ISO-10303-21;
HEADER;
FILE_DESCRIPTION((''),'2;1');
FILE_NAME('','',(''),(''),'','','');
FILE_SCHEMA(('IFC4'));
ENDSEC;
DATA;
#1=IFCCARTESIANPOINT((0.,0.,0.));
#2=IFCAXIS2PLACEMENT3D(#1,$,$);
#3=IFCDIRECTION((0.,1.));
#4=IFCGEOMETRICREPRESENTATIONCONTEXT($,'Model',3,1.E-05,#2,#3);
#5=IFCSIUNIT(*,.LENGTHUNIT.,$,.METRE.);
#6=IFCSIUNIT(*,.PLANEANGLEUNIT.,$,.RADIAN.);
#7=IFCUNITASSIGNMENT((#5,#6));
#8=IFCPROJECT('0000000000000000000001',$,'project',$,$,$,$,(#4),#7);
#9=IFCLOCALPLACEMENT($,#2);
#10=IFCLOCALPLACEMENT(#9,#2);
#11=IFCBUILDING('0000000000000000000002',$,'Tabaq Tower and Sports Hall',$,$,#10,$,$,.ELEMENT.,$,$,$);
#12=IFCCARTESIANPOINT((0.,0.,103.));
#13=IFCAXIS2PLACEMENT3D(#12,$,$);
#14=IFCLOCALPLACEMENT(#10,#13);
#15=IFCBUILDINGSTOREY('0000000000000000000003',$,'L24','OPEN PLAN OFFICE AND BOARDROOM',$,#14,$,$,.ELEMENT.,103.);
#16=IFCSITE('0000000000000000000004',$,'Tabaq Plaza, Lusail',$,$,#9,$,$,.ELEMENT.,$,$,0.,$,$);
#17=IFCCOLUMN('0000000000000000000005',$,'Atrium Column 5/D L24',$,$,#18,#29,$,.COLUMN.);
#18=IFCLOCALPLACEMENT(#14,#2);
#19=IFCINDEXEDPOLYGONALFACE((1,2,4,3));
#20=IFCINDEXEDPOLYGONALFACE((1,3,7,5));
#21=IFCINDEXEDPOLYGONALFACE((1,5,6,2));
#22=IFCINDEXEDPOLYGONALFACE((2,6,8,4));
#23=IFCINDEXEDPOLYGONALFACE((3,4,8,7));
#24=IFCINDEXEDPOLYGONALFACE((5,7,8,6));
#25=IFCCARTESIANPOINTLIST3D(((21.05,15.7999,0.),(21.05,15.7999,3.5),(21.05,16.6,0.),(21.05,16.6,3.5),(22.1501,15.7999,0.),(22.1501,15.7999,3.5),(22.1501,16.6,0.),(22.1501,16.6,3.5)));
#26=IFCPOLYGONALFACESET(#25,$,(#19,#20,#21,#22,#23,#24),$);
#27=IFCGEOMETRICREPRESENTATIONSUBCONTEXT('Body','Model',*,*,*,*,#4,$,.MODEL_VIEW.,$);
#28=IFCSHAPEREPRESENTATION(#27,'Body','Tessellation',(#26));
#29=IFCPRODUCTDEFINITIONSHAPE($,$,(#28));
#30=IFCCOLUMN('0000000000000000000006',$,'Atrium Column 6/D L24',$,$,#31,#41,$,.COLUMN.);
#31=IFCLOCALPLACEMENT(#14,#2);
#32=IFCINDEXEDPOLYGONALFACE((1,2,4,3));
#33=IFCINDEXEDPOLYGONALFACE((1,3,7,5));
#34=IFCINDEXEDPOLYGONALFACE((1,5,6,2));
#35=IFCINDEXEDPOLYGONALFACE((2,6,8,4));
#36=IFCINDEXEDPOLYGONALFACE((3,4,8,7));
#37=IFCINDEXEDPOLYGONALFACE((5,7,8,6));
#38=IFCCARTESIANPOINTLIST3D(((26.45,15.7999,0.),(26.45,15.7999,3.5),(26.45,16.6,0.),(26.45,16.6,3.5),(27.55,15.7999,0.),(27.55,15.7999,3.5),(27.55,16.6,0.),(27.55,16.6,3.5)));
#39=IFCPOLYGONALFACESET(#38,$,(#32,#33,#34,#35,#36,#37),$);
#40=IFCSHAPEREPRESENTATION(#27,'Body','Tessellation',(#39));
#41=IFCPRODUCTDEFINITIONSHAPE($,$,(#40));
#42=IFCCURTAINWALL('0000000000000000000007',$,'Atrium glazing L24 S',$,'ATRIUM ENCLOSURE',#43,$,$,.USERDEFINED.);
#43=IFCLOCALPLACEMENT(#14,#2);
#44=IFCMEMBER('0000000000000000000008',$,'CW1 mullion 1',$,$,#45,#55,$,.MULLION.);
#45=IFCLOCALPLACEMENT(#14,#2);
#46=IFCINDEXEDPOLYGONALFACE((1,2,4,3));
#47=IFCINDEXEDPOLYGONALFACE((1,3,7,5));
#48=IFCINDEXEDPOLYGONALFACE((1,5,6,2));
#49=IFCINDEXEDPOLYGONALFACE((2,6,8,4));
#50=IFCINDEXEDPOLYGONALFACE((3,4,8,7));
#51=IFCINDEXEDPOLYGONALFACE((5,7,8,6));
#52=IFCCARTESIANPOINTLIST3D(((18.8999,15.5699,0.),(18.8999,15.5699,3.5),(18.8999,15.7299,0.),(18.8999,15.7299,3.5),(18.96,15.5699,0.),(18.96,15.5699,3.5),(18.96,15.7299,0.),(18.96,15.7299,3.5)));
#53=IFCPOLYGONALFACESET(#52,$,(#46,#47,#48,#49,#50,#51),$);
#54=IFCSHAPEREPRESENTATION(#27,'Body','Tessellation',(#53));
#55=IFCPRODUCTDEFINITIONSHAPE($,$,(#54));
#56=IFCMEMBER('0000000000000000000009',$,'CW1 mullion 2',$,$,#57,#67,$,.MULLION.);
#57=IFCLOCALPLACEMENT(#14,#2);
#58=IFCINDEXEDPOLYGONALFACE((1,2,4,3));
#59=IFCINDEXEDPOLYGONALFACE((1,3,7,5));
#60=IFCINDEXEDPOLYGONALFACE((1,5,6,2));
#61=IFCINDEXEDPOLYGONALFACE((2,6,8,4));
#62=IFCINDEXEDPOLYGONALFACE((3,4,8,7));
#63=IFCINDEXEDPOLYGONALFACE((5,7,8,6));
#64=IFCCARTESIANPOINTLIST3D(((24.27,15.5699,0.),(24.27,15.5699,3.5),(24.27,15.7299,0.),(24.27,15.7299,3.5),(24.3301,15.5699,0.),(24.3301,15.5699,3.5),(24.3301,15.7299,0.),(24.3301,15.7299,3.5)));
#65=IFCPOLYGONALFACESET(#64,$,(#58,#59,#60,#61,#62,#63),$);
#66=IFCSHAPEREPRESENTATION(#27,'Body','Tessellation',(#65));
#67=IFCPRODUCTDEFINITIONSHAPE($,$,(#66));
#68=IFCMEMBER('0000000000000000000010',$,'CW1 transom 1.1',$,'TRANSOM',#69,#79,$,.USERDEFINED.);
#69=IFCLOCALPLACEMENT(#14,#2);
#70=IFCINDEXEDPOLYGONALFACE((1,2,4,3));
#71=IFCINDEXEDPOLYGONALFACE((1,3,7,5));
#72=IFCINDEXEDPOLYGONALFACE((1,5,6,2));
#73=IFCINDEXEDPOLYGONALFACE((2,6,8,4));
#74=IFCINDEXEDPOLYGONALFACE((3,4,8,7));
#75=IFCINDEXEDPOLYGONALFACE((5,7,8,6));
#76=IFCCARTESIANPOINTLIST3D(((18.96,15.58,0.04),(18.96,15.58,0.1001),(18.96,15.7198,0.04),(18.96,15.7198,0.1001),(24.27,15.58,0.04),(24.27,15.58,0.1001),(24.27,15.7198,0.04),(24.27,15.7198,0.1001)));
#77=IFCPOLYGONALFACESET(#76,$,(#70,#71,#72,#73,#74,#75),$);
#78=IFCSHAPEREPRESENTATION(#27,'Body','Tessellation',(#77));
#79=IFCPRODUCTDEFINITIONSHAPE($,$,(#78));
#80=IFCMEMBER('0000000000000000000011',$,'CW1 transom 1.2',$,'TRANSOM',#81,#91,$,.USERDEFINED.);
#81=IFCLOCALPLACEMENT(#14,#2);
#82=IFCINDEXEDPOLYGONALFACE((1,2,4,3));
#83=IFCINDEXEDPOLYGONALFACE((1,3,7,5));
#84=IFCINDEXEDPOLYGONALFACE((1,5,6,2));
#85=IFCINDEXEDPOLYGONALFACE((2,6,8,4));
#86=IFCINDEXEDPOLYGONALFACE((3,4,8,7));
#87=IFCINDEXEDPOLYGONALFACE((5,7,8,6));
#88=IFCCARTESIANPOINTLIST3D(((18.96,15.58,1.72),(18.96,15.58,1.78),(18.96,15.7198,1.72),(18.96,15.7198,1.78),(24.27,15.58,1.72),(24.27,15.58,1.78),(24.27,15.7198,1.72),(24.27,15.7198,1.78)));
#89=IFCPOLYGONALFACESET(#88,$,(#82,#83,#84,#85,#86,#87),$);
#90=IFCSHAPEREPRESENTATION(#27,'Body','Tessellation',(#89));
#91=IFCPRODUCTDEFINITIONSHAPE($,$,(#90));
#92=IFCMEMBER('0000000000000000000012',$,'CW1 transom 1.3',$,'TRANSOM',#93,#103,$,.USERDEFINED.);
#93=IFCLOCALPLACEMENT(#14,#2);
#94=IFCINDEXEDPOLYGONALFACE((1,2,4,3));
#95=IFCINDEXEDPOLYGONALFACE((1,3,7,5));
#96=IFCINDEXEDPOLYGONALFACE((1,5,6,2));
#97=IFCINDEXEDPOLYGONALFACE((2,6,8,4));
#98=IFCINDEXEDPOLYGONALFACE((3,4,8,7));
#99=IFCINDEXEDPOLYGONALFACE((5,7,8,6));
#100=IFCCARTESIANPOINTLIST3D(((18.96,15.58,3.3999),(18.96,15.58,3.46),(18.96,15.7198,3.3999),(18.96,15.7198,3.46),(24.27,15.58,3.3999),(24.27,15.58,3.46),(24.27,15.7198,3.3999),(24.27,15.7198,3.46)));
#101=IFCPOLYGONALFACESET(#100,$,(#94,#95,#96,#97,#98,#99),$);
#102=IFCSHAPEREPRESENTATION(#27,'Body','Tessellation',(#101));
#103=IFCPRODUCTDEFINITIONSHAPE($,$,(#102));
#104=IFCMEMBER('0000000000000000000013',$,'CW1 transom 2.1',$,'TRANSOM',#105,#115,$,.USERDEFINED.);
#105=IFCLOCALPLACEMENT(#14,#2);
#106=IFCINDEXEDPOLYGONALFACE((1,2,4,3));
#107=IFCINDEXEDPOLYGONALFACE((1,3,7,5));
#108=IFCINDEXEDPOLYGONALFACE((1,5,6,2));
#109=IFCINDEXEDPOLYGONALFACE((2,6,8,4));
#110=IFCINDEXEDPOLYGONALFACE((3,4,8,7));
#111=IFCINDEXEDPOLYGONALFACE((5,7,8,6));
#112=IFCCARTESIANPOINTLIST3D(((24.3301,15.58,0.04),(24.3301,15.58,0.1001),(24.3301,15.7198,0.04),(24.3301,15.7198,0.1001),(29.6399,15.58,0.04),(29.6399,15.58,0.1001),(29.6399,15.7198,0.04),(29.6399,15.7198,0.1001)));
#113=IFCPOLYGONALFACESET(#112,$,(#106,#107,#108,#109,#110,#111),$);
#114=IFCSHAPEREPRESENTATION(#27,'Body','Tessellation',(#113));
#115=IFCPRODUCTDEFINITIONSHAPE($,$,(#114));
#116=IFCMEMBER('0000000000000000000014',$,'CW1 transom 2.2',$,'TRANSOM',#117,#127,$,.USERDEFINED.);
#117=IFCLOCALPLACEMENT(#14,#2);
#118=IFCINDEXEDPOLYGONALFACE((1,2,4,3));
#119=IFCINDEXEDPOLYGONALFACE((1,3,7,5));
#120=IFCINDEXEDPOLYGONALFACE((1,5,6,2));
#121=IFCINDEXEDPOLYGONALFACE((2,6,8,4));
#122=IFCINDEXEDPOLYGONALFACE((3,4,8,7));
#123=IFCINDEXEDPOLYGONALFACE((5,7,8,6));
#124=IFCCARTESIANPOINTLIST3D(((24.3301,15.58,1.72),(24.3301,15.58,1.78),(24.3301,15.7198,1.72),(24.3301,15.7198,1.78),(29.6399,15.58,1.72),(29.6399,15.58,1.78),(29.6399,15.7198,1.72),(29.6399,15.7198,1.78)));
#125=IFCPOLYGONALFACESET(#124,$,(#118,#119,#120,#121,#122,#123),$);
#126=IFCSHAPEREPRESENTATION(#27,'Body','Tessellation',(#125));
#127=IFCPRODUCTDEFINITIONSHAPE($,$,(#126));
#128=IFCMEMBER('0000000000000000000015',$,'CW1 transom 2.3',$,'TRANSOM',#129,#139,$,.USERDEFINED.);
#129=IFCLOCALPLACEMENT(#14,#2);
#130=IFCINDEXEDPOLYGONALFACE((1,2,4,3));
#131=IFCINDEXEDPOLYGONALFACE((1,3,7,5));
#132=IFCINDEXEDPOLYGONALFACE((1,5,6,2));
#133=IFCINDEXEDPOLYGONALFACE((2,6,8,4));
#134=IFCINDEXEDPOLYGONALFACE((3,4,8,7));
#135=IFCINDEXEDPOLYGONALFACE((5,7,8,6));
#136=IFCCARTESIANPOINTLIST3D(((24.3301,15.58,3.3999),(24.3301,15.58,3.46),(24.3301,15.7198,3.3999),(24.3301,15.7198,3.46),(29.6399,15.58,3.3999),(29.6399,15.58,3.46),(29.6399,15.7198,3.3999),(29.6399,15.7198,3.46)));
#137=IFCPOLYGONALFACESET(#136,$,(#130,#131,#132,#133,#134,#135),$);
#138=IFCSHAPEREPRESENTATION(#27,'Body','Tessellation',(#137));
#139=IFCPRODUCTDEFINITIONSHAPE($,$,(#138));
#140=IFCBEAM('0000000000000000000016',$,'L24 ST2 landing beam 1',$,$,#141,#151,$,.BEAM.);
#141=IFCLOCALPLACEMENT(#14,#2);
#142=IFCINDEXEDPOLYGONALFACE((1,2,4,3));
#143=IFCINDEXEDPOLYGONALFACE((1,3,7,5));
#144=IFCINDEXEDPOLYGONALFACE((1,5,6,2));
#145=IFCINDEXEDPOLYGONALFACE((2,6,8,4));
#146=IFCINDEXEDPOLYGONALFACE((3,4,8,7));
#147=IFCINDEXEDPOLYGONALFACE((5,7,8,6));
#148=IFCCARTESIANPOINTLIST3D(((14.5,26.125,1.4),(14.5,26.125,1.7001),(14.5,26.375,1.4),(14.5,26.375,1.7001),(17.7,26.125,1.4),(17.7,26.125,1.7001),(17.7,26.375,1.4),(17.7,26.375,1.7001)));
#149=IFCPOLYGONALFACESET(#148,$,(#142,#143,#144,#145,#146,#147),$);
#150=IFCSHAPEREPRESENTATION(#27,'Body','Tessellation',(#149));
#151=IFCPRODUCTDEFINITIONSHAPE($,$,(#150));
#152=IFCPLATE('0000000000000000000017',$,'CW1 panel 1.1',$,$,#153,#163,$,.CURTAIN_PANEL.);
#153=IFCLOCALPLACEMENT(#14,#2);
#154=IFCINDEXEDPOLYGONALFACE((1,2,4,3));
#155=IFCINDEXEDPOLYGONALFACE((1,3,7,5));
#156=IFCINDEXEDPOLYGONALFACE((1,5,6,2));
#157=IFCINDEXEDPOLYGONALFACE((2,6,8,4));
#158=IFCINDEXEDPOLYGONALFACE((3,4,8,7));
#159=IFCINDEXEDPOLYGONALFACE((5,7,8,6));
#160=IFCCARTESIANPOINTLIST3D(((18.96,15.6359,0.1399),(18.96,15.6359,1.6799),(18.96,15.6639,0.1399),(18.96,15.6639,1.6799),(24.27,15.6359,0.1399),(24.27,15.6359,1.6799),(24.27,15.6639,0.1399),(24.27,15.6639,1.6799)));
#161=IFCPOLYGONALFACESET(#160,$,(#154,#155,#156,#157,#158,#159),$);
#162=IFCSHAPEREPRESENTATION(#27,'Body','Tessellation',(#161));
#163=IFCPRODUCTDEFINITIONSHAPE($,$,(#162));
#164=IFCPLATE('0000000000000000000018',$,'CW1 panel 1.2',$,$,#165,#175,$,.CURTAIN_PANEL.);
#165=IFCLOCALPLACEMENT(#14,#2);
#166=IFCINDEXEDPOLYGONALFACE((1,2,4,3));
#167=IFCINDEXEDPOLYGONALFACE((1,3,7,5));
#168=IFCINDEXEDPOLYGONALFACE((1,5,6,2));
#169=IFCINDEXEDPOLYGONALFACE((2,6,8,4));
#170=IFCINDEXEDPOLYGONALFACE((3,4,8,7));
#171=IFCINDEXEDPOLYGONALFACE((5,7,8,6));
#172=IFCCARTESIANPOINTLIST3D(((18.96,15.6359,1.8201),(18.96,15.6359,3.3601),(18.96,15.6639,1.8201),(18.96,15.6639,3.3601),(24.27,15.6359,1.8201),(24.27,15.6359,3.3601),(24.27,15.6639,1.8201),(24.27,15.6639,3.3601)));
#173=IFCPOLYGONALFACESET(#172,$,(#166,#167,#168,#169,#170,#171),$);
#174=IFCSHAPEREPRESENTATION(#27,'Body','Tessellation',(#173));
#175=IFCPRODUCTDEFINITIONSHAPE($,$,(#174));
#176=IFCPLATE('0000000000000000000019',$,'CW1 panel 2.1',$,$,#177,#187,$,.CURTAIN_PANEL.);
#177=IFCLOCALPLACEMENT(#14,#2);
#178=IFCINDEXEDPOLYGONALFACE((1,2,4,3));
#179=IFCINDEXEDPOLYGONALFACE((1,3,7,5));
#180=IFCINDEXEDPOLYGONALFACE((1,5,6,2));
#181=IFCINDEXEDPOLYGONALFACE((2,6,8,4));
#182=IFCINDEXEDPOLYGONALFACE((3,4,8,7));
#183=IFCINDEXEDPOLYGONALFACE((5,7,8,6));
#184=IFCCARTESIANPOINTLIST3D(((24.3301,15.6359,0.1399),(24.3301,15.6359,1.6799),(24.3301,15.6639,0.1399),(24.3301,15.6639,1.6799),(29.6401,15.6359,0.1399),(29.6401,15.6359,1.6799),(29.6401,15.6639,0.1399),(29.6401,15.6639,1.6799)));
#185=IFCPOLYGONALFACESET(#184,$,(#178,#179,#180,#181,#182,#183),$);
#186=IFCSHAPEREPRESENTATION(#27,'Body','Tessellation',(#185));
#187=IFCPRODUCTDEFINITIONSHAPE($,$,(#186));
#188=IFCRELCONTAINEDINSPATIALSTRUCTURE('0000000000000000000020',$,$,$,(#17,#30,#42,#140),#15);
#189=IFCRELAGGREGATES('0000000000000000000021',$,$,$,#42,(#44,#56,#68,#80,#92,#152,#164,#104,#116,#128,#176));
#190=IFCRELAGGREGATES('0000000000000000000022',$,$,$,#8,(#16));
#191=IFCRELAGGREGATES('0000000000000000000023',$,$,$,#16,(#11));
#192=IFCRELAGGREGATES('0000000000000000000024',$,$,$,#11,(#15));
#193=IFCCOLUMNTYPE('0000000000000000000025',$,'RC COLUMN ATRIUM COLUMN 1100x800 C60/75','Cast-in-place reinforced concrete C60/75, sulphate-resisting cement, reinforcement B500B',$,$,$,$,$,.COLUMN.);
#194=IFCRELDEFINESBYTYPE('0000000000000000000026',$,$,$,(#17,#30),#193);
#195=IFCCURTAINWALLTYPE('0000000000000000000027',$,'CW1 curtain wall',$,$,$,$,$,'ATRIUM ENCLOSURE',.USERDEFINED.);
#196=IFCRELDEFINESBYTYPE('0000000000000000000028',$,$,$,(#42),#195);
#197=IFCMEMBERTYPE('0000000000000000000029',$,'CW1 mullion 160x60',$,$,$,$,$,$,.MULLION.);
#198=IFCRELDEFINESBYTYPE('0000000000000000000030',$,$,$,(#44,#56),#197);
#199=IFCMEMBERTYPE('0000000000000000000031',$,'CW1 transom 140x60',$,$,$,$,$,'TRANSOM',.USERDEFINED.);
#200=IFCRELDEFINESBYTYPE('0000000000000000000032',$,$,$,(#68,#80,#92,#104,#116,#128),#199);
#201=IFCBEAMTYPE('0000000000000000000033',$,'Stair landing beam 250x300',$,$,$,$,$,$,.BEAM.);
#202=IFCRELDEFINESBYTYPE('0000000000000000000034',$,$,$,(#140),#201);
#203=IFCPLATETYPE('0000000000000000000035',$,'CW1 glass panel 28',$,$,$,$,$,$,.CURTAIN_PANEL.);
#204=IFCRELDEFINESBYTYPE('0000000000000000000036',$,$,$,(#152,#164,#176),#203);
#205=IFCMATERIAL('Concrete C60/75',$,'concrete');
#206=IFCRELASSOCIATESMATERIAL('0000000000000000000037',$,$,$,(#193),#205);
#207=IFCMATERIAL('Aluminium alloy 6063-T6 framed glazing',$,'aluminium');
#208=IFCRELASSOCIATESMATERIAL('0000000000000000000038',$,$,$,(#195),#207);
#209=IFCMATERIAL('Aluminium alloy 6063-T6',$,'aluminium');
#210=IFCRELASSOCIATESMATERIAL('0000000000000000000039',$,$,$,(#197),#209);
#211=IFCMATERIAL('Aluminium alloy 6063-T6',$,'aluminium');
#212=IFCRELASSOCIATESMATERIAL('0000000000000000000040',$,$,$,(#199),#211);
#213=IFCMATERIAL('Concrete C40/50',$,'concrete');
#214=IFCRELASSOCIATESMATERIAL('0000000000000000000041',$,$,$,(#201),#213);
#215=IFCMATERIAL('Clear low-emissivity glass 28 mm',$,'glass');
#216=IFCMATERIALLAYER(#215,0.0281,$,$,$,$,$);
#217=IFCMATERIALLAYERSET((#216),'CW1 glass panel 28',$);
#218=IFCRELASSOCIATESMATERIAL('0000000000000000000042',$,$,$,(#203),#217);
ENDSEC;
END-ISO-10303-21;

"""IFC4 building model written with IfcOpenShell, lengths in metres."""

from ifc_helpers import new_model, si_unit, direction, frame, origin, origin_2d, place, context, subcontext, project, spatial, rectangle, extrude, material, layer, layer_set, material_profile, profile_set, type_object, element, aggregate, save


model = new_model("IFC4")

# Units and contexts
model_context = context("Model", 3, precision=1e-05, world=origin(), true_north=direction((0.0, 1.0)))
body_context = subcontext(model_context, "Body", "Model", "MODEL_VIEW")
ifc_project = project(units=[si_unit("LENGTHUNIT", "METRE"), si_unit("PLANEANGLEUNIT", "RADIAN")], contexts=[model_context])

# Site, building, storey
site_placement = place(None, origin())
site = spatial("IfcSite", under=ifc_project, at=site_placement, Name="Tabaq Plaza, Lusail", CompositionType="ELEMENT", RefElevation=0.0)
building_placement = place(site_placement, origin())
building = spatial("IfcBuilding", under=site, at=building_placement, Name="Tabaq Tower and Sports Hall", CompositionType="ELEMENT")
storey_placement = place(building_placement, frame((0.0, 0.0, 103.0)))
storey = spatial("IfcBuildingStorey", under=building, at=storey_placement, Name="L24", Description="OPEN PLAN OFFICE AND BOARDROOM", CompositionType="ELEMENT", Elevation=103.0)

# Columns
ifc_material_1 = material(Name="Concrete C60/75", Category="concrete")
ifc_material_profile_1 = material_profile(ifc_material_1, rectangle(XDim=1.1001, YDim=0.8, at=origin_2d()), Name="ATRIUM COLUMN 1100x800")
ifc_profile_set_1 = profile_set([ifc_material_profile_1], Name="Concrete C60/75")
column_type = type_object("IfcColumnType", Name="RC COLUMN ATRIUM COLUMN 1100x800 C60/75", Description="Cast-in-place reinforced concrete C60/75, sulphate-resisting cement, reinforcement B500B", PredefinedType="COLUMN", material=ifc_profile_set_1)
for number, where, z_axis, x_axis, name in (
    (1, (21.6001, 16.2, 0.0), (0.0, 0.0, 1.0), (1.0, 0.0, 0.0), "Atrium Column 5/D L24"),
    (2, (27.0, 16.2, 0.0), (0.0, 0.0, 1.0), (1.0, 0.0, 0.0), "Atrium Column 6/D L24"),
):
    element("IfcColumn", number, at=place(storey_placement, frame(where, z_axis=z_axis, x_axis=x_axis)), inside=storey, type_object=column_type, Name=name, PredefinedType="COLUMN", context=body_context, shape_type="SweptSolid", body=[
        extrude(rectangle(XDim=1.1001, YDim=0.8, at=origin_2d()), origin(), (0.0, 0.0, 1.0), 3.5),
    ])

# Curtain wall, members
ifc_material_2 = material(Name="Aluminium alloy 6063-T6 framed glazing", Category="aluminium")
curtain_wall_type = type_object("IfcCurtainWallType", Name="CW1 curtain wall", ElementType="ATRIUM ENCLOSURE", PredefinedType="USERDEFINED", material=ifc_material_2)
curtain_wall_placement = place(storey_placement, origin())
curtain_wall = element("IfcCurtainWall", 3, at=curtain_wall_placement, inside=storey, type_object=curtain_wall_type, Name="Atrium glazing L24 S", ObjectType="ATRIUM ENCLOSURE", PredefinedType="USERDEFINED")
ifc_material_3 = material(Name="Aluminium alloy 6063-T6", Category="aluminium")
ifc_material_profile_2 = material_profile(ifc_material_3, rectangle(XDim=0.1599, YDim=0.0601, at=origin_2d()), Name="MULLION 160x60")
ifc_profile_set_2 = profile_set([ifc_material_profile_2], Name="Aluminium alloy 6063-T6")
member_type_1 = type_object("IfcMemberType", Name="CW1 mullion 160x60", PredefinedType="MULLION", material=ifc_profile_set_2)
member_1_placement = place(storey_placement, frame((18.9299, 15.6499, 0.0), z_axis=(0.0, 0.0, 1.0), x_axis=(0.0, 1.0, 0.0)))
member_1 = element("IfcMember", 4, at=member_1_placement, type_object=member_type_1, Name="CW1 mullion 1", PredefinedType="MULLION", context=body_context, shape_type="SweptSolid", body=[
    extrude(rectangle(XDim=0.1599, YDim=0.0601, at=origin_2d()), origin(), (0.0, 0.0, 1.0), 3.5),
])
member_2_placement = place(storey_placement, frame((24.3, 15.6499, 0.0), z_axis=(0.0, 0.0, 1.0), x_axis=(0.0, 1.0, 0.0)))
member_2 = element("IfcMember", 5, at=member_2_placement, type_object=member_type_1, Name="CW1 mullion 2", PredefinedType="MULLION", context=body_context, shape_type="SweptSolid", body=[
    extrude(rectangle(XDim=0.1599, YDim=0.0601, at=origin_2d()), origin(), (0.0, 0.0, 1.0), 3.5),
])
ifc_material_4 = material(Name="Aluminium alloy 6063-T6", Category="aluminium")
ifc_material_profile_3 = material_profile(ifc_material_4, rectangle(XDim=0.1399, YDim=0.0601, at=origin_2d()), Name="TRANSOM 140x60")
ifc_profile_set_3 = profile_set([ifc_material_profile_3], Name="Aluminium alloy 6063-T6")
member_type_2 = type_object("IfcMemberType", Name="CW1 transom 140x60", ElementType="TRANSOM", PredefinedType="USERDEFINED", material=ifc_profile_set_3)
member_3_placement = place(storey_placement, frame((18.96, 15.6499, 0.0701), z_axis=(1.0, 0.0, 0.0), x_axis=(0.0, 1.0, 0.0)))
member_3 = element("IfcMember", 6, at=member_3_placement, type_object=member_type_2, Name="CW1 transom 1.1", ObjectType="TRANSOM", PredefinedType="USERDEFINED", context=body_context, shape_type="SweptSolid", body=[
    extrude(rectangle(XDim=0.1399, YDim=0.0601, at=origin_2d()), origin(), (0.0, 0.0, 1.0), 5.3101),
])
member_4_placement = place(storey_placement, frame((18.96, 15.6499, 1.75), z_axis=(1.0, 0.0, 0.0), x_axis=(0.0, 1.0, 0.0)))
member_4 = element("IfcMember", 7, at=member_4_placement, type_object=member_type_2, Name="CW1 transom 1.2", ObjectType="TRANSOM", PredefinedType="USERDEFINED", context=body_context, shape_type="SweptSolid", body=[
    extrude(rectangle(XDim=0.1399, YDim=0.0601, at=origin_2d()), origin(), (0.0, 0.0, 1.0), 5.3101),
])
member_5_placement = place(storey_placement, frame((18.96, 15.6499, 3.4299), z_axis=(1.0, 0.0, 0.0), x_axis=(0.0, 1.0, 0.0)))
member_5 = element("IfcMember", 8, at=member_5_placement, type_object=member_type_2, Name="CW1 transom 1.3", ObjectType="TRANSOM", PredefinedType="USERDEFINED", context=body_context, shape_type="SweptSolid", body=[
    extrude(rectangle(XDim=0.1399, YDim=0.0601, at=origin_2d()), origin(), (0.0, 0.0, 1.0), 5.3101),
])
member_6_placement = place(storey_placement, frame((24.3301, 15.6499, 0.0701), z_axis=(1.0, 0.0, 0.0), x_axis=(0.0, 1.0, 0.0)))
member_6 = element("IfcMember", 9, at=member_6_placement, type_object=member_type_2, Name="CW1 transom 2.1", ObjectType="TRANSOM", PredefinedType="USERDEFINED", context=body_context, shape_type="SweptSolid", body=[
    extrude(rectangle(XDim=0.1399, YDim=0.0601, at=origin_2d()), origin(), (0.0, 0.0, 1.0), 5.3098),
])
member_7_placement = place(storey_placement, frame((24.3301, 15.6499, 1.75), z_axis=(1.0, 0.0, 0.0), x_axis=(0.0, 1.0, 0.0)))
member_7 = element("IfcMember", 10, at=member_7_placement, type_object=member_type_2, Name="CW1 transom 2.2", ObjectType="TRANSOM", PredefinedType="USERDEFINED", context=body_context, shape_type="SweptSolid", body=[
    extrude(rectangle(XDim=0.1399, YDim=0.0601, at=origin_2d()), origin(), (0.0, 0.0, 1.0), 5.3098),
])
member_8_placement = place(storey_placement, frame((24.3301, 15.6499, 3.4299), z_axis=(1.0, 0.0, 0.0), x_axis=(0.0, 1.0, 0.0)))
member_8 = element("IfcMember", 11, at=member_8_placement, type_object=member_type_2, Name="CW1 transom 2.3", ObjectType="TRANSOM", PredefinedType="USERDEFINED", context=body_context, shape_type="SweptSolid", body=[
    extrude(rectangle(XDim=0.1399, YDim=0.0601, at=origin_2d()), origin(), (0.0, 0.0, 1.0), 5.3098),
])

# Beam
ifc_material_5 = material(Name="Concrete C40/50", Category="concrete")
ifc_material_profile_4 = material_profile(ifc_material_5, rectangle(XDim=0.25, YDim=0.3, at=origin_2d()), Name="RC 250x300")
ifc_profile_set_4 = profile_set([ifc_material_profile_4], Name="Concrete C40/50")
beam_type = type_object("IfcBeamType", Name="Stair landing beam 250x300", PredefinedType="BEAM", material=ifc_profile_set_4)
beam_placement = place(storey_placement, frame((14.5, 26.25, 1.55), z_axis=(1.0, 0.0, 0.0), x_axis=(0.0, 1.0, 0.0)))
element("IfcBeam", 12, at=beam_placement, inside=storey, type_object=beam_type, Name="L24 ST2 landing beam 1", PredefinedType="BEAM", context=body_context, shape_type="SweptSolid", body=[
    extrude(rectangle(XDim=0.25, YDim=0.3, at=origin_2d()), origin(), (0.0, 0.0, 1.0), 3.2),
])

# Plates
ifc_material_6 = material(Name="Clear low-emissivity glass 28 mm", Category="glass")
ifc_layer_1 = layer(ifc_material_6, 0.0281)
ifc_layer_set_1 = layer_set([ifc_layer_1], Name="CW1 glass panel 28")
plate_type = type_object("IfcPlateType", Name="CW1 glass panel 28", PredefinedType="CURTAIN_PANEL", material=ifc_layer_set_1)
plate_1_placement = place(storey_placement, frame((21.615, 15.6499, 0.1399), z_axis=(0.0, 0.0, 1.0), x_axis=(1.0, 0.0, 0.0)))
plate_1 = element("IfcPlate", 13, at=plate_1_placement, type_object=plate_type, Name="CW1 panel 1.1", PredefinedType="CURTAIN_PANEL", context=body_context, shape_type="SweptSolid", body=[
    extrude(rectangle(XDim=5.3101, YDim=0.0281, at=origin_2d()), origin(), (0.0, 0.0, 1.0), 1.54),
])
plate_2_placement = place(storey_placement, frame((21.615, 15.6499, 1.8201), z_axis=(0.0, 0.0, 1.0), x_axis=(1.0, 0.0, 0.0)))
plate_2 = element("IfcPlate", 14, at=plate_2_placement, type_object=plate_type, Name="CW1 panel 1.2", PredefinedType="CURTAIN_PANEL", context=body_context, shape_type="SweptSolid", body=[
    extrude(rectangle(XDim=5.3101, YDim=0.0281, at=origin_2d()), origin(), (0.0, 0.0, 1.0), 1.54),
])
plate_3_placement = place(storey_placement, frame((26.9851, 15.6499, 0.1399), z_axis=(0.0, 0.0, 1.0), x_axis=(1.0, 0.0, 0.0)))
plate_3 = element("IfcPlate", 15, at=plate_3_placement, type_object=plate_type, Name="CW1 panel 2.1", PredefinedType="CURTAIN_PANEL", context=body_context, shape_type="SweptSolid", body=[
    extrude(rectangle(XDim=5.3101, YDim=0.0281, at=origin_2d()), origin(), (0.0, 0.0, 1.0), 1.54),
])
aggregate(curtain_wall, [member_1, member_2, member_3, member_4, member_5, plate_1, plate_2, member_6, member_7, member_8, plate_3])

save(model, "model.ifc")
